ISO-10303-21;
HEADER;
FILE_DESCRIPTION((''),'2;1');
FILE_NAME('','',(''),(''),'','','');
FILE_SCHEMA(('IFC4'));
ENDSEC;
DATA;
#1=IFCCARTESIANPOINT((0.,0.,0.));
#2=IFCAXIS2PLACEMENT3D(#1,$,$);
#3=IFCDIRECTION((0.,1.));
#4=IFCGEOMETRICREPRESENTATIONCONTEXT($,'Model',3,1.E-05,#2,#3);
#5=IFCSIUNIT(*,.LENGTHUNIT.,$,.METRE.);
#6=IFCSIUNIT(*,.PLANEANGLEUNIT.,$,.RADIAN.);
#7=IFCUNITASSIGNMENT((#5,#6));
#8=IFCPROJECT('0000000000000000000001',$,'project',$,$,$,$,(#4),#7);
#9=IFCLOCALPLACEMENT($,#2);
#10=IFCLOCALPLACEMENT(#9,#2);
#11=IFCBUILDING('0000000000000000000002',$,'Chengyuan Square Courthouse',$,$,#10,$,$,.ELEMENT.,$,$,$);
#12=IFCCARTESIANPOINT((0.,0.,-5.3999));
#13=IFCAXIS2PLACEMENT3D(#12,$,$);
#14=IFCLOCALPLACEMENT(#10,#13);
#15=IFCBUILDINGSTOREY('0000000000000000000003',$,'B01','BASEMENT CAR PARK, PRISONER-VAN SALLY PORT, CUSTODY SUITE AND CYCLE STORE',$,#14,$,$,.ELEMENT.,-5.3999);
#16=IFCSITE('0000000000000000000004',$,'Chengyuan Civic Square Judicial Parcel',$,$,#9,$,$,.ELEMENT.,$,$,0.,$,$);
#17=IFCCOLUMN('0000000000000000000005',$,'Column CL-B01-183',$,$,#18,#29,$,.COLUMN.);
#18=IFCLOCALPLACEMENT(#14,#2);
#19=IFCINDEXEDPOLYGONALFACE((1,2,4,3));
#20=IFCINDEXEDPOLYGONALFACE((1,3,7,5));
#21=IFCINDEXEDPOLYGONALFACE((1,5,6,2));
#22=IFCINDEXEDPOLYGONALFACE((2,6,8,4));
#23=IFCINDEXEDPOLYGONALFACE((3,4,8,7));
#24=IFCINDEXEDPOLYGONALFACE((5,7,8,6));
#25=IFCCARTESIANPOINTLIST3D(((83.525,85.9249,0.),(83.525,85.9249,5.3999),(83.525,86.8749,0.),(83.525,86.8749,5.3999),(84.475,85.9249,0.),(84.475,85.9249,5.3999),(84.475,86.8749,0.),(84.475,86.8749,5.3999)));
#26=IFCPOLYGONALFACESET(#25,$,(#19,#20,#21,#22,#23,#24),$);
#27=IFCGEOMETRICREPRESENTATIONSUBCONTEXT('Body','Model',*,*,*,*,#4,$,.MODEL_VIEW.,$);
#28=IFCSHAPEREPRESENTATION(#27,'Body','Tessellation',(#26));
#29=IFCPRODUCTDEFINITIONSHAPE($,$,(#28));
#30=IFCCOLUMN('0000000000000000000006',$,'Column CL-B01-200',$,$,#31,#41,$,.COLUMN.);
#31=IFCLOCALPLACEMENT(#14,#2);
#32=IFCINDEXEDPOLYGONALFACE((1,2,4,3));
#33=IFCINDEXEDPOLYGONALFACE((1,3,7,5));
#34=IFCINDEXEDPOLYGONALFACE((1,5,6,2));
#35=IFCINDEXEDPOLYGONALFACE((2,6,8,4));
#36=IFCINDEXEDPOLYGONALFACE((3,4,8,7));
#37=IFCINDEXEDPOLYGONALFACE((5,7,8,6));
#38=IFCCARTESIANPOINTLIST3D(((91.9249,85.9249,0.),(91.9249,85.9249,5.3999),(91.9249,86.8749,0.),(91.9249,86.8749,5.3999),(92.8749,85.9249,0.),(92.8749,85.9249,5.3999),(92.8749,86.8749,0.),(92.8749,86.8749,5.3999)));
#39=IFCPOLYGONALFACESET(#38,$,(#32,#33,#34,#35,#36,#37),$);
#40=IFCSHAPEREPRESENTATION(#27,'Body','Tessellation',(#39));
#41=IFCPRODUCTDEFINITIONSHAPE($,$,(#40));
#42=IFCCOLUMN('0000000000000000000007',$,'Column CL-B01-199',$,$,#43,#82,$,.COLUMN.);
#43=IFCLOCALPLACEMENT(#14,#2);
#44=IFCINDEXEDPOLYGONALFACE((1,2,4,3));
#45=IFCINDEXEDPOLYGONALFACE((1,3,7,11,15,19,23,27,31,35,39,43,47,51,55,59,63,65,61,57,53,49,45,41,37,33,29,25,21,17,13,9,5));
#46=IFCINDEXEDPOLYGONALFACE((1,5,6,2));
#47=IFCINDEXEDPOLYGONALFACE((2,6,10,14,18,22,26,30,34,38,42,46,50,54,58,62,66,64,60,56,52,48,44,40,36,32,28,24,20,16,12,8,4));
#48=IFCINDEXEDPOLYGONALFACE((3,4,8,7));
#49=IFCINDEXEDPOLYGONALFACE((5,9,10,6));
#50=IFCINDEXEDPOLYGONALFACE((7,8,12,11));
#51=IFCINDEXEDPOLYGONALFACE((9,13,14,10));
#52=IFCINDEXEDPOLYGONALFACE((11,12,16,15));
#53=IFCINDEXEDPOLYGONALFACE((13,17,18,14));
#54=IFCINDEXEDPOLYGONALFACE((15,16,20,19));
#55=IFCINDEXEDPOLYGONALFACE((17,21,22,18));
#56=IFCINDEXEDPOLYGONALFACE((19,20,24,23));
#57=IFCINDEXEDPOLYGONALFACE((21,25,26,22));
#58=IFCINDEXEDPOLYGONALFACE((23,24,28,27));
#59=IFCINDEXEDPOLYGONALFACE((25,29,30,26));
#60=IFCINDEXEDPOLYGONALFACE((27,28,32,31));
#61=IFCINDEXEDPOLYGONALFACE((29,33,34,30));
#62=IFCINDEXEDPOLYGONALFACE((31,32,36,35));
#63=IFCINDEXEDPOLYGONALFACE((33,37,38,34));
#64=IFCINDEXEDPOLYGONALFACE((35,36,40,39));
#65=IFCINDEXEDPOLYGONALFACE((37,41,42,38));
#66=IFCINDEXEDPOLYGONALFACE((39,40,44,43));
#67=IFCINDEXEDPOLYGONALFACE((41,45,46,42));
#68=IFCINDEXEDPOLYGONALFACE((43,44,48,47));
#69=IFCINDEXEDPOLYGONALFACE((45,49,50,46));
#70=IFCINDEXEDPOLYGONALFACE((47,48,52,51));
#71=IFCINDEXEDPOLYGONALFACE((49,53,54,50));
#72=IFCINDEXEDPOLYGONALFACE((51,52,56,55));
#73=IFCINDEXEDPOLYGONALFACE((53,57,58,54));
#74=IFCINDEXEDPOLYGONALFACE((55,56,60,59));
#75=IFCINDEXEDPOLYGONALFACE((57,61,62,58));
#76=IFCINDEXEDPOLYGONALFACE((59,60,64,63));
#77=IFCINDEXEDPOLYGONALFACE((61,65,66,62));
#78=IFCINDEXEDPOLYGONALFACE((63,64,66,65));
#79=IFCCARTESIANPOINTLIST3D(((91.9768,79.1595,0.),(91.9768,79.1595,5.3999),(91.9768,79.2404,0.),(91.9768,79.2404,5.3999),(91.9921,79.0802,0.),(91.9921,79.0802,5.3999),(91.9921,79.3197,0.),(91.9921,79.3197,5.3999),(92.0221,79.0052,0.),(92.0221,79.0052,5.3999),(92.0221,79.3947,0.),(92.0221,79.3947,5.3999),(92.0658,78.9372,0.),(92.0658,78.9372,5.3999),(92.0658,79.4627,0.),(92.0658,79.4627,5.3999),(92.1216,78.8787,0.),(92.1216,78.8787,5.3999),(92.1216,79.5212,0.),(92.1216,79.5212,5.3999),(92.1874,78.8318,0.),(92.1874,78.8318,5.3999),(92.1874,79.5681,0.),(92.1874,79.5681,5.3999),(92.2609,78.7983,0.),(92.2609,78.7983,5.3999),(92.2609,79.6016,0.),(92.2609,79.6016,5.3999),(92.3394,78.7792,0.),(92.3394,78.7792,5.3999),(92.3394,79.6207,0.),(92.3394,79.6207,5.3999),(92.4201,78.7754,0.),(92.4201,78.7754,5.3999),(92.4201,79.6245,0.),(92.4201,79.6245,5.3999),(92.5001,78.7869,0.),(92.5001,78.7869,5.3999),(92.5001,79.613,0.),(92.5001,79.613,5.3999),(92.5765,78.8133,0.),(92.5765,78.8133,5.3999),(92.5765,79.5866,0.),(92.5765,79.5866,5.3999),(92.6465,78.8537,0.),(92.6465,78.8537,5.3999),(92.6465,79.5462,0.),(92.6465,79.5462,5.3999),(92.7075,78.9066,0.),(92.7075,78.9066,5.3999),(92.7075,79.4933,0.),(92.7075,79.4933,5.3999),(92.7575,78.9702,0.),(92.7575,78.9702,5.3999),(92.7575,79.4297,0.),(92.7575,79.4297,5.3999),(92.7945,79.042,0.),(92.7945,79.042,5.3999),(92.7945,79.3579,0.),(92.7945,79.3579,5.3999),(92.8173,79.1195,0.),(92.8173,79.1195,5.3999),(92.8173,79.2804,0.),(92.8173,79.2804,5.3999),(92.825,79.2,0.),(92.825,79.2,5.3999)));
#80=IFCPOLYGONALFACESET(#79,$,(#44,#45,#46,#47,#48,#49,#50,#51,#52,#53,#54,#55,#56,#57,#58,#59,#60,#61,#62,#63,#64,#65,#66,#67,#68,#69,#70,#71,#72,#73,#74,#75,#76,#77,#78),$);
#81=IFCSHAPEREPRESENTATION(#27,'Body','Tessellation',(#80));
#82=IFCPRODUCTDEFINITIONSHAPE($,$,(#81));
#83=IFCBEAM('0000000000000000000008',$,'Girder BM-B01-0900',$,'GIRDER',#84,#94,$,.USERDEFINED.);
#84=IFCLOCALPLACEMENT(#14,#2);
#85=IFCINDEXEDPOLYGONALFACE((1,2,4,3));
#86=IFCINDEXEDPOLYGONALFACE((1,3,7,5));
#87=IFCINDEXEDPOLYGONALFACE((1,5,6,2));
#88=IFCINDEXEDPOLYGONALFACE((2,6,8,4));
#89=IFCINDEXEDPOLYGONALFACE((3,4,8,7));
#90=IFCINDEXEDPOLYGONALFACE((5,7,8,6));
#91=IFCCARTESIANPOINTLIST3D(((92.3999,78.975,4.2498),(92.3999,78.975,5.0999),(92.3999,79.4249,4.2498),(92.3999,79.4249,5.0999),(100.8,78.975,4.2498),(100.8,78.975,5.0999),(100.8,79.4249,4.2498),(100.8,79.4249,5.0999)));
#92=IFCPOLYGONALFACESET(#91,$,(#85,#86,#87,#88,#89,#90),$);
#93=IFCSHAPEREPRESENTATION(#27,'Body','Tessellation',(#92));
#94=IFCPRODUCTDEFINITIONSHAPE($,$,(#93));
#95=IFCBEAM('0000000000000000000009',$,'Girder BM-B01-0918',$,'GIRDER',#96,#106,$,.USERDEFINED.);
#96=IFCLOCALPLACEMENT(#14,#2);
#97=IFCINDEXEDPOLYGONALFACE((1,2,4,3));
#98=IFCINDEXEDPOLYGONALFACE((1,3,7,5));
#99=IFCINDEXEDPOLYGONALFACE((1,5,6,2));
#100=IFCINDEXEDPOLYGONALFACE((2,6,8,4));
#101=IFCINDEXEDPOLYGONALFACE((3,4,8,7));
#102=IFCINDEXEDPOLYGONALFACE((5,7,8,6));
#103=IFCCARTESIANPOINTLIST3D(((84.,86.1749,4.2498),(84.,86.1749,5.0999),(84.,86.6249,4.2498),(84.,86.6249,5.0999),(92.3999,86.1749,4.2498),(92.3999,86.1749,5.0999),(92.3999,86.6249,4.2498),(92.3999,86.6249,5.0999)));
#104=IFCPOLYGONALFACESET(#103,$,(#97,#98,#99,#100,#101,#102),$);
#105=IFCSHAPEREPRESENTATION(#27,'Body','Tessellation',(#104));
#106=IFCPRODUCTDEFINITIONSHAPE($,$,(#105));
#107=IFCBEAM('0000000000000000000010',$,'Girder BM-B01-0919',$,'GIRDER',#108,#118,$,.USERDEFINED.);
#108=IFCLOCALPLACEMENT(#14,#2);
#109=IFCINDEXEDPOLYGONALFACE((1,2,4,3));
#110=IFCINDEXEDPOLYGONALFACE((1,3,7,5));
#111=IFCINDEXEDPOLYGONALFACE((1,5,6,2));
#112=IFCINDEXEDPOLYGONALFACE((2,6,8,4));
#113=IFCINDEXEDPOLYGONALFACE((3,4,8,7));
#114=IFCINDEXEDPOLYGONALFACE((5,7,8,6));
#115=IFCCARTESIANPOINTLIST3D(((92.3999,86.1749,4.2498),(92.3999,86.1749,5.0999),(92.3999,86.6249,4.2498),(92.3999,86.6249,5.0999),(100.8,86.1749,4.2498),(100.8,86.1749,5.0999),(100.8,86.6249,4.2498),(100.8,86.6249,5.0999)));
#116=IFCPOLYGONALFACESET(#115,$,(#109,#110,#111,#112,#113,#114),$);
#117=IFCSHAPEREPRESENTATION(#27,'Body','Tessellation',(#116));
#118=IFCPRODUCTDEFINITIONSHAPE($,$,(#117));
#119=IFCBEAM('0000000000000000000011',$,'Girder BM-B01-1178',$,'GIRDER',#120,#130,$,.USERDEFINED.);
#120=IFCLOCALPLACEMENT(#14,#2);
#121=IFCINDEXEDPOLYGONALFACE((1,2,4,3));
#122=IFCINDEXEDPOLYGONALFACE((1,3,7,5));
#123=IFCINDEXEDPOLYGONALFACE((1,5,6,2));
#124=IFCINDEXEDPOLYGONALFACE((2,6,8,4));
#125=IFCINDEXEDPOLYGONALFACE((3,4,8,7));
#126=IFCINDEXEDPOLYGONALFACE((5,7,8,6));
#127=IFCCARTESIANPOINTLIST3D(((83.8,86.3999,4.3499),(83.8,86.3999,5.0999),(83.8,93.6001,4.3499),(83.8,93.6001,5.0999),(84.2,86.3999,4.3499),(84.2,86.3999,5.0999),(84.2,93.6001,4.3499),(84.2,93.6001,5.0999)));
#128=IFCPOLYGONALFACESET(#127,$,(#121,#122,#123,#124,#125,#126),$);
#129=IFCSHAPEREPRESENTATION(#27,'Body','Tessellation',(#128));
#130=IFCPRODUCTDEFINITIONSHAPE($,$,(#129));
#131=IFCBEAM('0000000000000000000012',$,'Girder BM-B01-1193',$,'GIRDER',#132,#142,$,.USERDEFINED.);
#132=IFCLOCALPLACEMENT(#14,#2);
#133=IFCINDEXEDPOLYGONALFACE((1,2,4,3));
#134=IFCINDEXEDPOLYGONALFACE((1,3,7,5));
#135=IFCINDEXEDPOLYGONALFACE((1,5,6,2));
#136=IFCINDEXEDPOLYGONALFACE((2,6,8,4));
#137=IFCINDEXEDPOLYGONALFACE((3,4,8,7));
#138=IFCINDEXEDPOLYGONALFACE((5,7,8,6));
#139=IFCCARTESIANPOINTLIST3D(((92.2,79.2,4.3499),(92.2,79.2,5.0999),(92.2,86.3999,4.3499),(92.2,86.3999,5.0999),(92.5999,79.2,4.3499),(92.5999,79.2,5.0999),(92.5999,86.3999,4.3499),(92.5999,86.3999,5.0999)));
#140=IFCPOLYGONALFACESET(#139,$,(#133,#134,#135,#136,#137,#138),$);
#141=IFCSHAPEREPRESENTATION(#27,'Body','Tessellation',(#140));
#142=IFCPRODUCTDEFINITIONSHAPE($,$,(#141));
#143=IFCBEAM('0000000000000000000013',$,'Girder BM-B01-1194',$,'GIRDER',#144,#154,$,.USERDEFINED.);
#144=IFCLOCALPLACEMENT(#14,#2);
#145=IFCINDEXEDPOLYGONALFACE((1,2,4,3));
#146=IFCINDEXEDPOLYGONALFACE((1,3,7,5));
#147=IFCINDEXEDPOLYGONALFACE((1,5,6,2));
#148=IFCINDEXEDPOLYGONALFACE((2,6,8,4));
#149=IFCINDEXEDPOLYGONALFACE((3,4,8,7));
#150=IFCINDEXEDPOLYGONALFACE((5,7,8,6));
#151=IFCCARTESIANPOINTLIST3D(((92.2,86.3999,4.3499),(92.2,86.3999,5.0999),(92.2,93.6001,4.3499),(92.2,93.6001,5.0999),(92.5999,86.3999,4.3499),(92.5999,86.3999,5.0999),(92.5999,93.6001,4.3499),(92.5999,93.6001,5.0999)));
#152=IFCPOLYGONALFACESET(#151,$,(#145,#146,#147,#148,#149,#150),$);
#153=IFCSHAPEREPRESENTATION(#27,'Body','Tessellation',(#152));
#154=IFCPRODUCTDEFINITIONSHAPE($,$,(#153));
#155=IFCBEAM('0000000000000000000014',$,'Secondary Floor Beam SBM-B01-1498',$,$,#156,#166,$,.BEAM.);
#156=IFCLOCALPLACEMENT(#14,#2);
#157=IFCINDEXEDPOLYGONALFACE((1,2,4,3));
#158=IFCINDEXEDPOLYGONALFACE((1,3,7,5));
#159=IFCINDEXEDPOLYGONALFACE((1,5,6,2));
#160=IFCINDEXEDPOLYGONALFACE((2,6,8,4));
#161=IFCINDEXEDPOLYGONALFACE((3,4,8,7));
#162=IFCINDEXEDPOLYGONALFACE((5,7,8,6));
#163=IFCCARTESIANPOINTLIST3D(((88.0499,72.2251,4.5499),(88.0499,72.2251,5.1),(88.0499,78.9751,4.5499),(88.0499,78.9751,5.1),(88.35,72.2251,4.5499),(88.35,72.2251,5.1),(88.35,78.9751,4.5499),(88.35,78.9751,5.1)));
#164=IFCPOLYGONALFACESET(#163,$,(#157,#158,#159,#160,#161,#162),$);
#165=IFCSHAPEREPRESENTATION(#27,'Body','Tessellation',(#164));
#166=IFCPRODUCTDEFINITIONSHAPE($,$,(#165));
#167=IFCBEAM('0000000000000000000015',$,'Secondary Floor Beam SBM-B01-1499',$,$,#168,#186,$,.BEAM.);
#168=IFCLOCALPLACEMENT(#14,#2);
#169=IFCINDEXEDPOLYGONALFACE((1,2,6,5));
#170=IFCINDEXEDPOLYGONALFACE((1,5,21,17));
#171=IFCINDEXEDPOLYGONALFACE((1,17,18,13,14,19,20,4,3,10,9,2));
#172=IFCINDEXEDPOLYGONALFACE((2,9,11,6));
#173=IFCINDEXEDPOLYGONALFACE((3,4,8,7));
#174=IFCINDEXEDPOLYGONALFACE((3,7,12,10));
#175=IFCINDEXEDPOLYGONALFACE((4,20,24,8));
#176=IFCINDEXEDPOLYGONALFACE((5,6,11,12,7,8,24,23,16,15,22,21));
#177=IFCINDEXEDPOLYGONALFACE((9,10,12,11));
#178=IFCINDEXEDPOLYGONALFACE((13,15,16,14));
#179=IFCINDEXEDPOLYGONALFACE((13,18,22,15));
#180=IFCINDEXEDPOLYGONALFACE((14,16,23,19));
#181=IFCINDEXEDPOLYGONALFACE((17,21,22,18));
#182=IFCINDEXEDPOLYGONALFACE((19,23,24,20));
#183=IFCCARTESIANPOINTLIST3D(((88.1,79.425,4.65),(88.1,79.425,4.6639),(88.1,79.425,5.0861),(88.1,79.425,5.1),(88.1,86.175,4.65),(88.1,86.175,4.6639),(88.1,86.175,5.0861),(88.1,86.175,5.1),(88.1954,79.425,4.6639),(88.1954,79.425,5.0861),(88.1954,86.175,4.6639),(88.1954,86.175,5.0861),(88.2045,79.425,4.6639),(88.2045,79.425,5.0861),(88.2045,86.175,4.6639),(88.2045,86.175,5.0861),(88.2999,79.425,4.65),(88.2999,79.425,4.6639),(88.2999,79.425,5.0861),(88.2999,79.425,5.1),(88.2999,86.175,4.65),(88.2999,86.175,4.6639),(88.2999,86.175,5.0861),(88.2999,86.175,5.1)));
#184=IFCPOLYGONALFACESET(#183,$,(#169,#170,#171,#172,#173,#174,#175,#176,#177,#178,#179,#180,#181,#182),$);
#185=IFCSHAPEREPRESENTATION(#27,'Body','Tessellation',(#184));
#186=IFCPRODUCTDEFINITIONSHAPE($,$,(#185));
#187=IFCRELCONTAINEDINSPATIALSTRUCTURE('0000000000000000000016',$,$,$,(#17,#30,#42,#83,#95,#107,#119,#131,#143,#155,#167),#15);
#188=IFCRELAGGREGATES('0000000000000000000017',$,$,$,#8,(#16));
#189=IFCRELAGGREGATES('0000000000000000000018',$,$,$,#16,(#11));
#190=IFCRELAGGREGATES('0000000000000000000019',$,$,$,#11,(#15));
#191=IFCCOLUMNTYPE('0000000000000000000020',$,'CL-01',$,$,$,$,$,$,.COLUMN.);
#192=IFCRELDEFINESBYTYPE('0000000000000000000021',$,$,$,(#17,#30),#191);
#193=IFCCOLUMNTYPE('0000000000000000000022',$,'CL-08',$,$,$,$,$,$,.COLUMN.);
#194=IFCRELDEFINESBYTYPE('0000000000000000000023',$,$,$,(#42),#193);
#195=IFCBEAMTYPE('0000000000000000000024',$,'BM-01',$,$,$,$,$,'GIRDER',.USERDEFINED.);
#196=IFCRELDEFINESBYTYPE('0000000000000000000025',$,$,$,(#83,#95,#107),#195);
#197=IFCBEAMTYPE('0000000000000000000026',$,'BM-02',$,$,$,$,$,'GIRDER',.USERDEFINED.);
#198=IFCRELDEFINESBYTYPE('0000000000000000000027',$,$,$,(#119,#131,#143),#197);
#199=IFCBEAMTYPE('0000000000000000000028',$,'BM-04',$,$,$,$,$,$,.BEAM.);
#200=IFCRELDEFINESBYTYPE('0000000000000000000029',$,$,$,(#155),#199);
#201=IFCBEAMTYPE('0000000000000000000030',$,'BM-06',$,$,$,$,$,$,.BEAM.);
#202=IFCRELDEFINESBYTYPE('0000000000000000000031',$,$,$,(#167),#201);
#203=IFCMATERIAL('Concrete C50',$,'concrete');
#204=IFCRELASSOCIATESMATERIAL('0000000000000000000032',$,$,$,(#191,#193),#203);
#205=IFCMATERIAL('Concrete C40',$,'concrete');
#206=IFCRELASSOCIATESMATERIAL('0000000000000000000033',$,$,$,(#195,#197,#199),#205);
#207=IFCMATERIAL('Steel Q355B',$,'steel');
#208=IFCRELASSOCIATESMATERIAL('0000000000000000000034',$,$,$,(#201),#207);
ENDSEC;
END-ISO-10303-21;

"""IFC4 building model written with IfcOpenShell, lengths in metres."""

from ifc_helpers import new_model, si_unit, direction, frame, origin, origin_2d, place, context, subcontext, project, spatial, rectangle, circle, i_section, extrude, material, material_profile, profile_set, type_object, element, save


model = new_model("IFC4")

# Units and contexts
model_context = context("Model", 3, precision=1e-05, world=origin(), true_north=direction((0.0, 1.0)))
body_context = subcontext(model_context, "Body", "Model", "MODEL_VIEW")
ifc_project = project(units=[si_unit("LENGTHUNIT", "METRE"), si_unit("PLANEANGLEUNIT", "RADIAN")], contexts=[model_context])

# Site, building, storey
site_placement = place(None, origin())
site = spatial("IfcSite", under=ifc_project, at=site_placement, Name="Chengyuan Civic Square Judicial Parcel", CompositionType="ELEMENT", RefElevation=0.0)
building_placement = place(site_placement, origin())
building = spatial("IfcBuilding", under=site, at=building_placement, Name="Chengyuan Square Courthouse", CompositionType="ELEMENT")
storey_placement = place(building_placement, frame((0.0, 0.0, -5.3999)))
storey = spatial("IfcBuildingStorey", under=building, at=storey_placement, Name="B01", Description="BASEMENT CAR PARK, PRISONER-VAN SALLY PORT, CUSTODY SUITE AND CYCLE STORE", CompositionType="ELEMENT", Elevation=-5.3999)

# Columns
ifc_material_1 = material(Name="Concrete C50", Category="concrete")
ifc_material_profile_1 = material_profile(ifc_material_1, rectangle(XDim=0.95, YDim=0.95, at=origin_2d()), Name="RC-COL-950x950")
ifc_profile_set_1 = profile_set([ifc_material_profile_1], Name="Concrete C50")
column_type_1 = type_object("IfcColumnType", Name="CL-01", PredefinedType="COLUMN", material=ifc_profile_set_1)
for number, where, z_axis, x_axis, name in (
    (1, (84.0, 86.3999, 0.0), (0.0, 0.0, 1.0), (1.0, 0.0, 0.0), "Column CL-B01-183"),
    (2, (92.3999, 86.3999, 0.0), (0.0, 0.0, 1.0), (1.0, 0.0, 0.0), "Column CL-B01-200"),
):
    element("IfcColumn", number, at=place(storey_placement, frame(where, z_axis=z_axis, x_axis=x_axis)), inside=storey, type_object=column_type_1, Name=name, PredefinedType="COLUMN", context=body_context, shape_type="SweptSolid", body=[
        extrude(rectangle(XDim=0.95, YDim=0.95, at=origin_2d()), origin(), (0.0, 0.0, 1.0), 5.3999),
    ])
ifc_material_profile_2 = material_profile(ifc_material_1, circle(Radius=0.425, at=origin_2d()), Name="RC-COL-D850")
ifc_profile_set_2 = profile_set([ifc_material_profile_2], Name="Concrete C50")
column_type_2 = type_object("IfcColumnType", Name="CL-08", PredefinedType="COLUMN", material=ifc_profile_set_2)
column_placement = place(storey_placement, frame((92.3999, 79.2, 0.0), z_axis=(0.0, 0.0, 1.0), x_axis=(1.0, 0.0, 0.0)))
element("IfcColumn", 3, at=column_placement, inside=storey, type_object=column_type_2, Name="Column CL-B01-199", PredefinedType="COLUMN", context=body_context, shape_type="SweptSolid", body=[
    extrude(circle(Radius=0.425, at=origin_2d()), origin(), (0.0, 0.0, 1.0), 5.3999),
])

# Beams
ifc_material_2 = material(Name="Concrete C40", Category="concrete")
ifc_material_profile_3 = material_profile(ifc_material_2, rectangle(XDim=0.45, YDim=0.8501, at=origin_2d()), Name="RC-BM-450x850")
ifc_profile_set_3 = profile_set([ifc_material_profile_3], Name="Concrete C40")
beam_type_1 = type_object("IfcBeamType", Name="BM-01", ElementType="GIRDER", PredefinedType="USERDEFINED", material=ifc_profile_set_3)
beam_1_placement = place(storey_placement, frame((92.3999, 79.2, 4.6748), z_axis=(1.0, 0.0, 0.0), x_axis=(0.0, 1.0, 0.0)))
element("IfcBeam", 4, at=beam_1_placement, inside=storey, type_object=beam_type_1, Name="Girder BM-B01-0900", ObjectType="GIRDER", PredefinedType="USERDEFINED", context=body_context, shape_type="SweptSolid", body=[
    extrude(rectangle(XDim=0.45, YDim=0.8501, at=origin_2d()), origin(), (0.0, 0.0, 1.0), 8.4001),
])
beam_2_placement = place(storey_placement, frame((84.0, 86.3999, 4.6748), z_axis=(1.0, 0.0, 0.0), x_axis=(0.0, 1.0, 0.0)))
element("IfcBeam", 5, at=beam_2_placement, inside=storey, type_object=beam_type_1, Name="Girder BM-B01-0918", ObjectType="GIRDER", PredefinedType="USERDEFINED", context=body_context, shape_type="SweptSolid", body=[
    extrude(rectangle(XDim=0.45, YDim=0.8501, at=origin_2d()), origin(), (0.0, 0.0, 1.0), 8.3999),
])
beam_3_placement = place(storey_placement, frame((92.3999, 86.3999, 4.6748), z_axis=(1.0, 0.0, 0.0), x_axis=(0.0, 1.0, 0.0)))
element("IfcBeam", 6, at=beam_3_placement, inside=storey, type_object=beam_type_1, Name="Girder BM-B01-0919", ObjectType="GIRDER", PredefinedType="USERDEFINED", context=body_context, shape_type="SweptSolid", body=[
    extrude(rectangle(XDim=0.45, YDim=0.8501, at=origin_2d()), origin(), (0.0, 0.0, 1.0), 8.4001),
])
ifc_material_profile_4 = material_profile(ifc_material_2, rectangle(XDim=0.3999, YDim=0.75, at=origin_2d()), Name="RC-BM-400x750")
ifc_profile_set_4 = profile_set([ifc_material_profile_4], Name="Concrete C40")
beam_type_2 = type_object("IfcBeamType", Name="BM-02", ElementType="GIRDER", PredefinedType="USERDEFINED", material=ifc_profile_set_4)
beam_4_placement = place(storey_placement, frame((84.0, 86.3999, 4.7249), z_axis=(0.0, 1.0, 0.0), x_axis=(-1.0, 0.0, 0.0)))
element("IfcBeam", 7, at=beam_4_placement, inside=storey, type_object=beam_type_2, Name="Girder BM-B01-1178", ObjectType="GIRDER", PredefinedType="USERDEFINED", context=body_context, shape_type="SweptSolid", body=[
    extrude(rectangle(XDim=0.3999, YDim=0.75, at=origin_2d()), origin(), (0.0, 0.0, 1.0), 7.2002),
])
beam_5_placement = place(storey_placement, frame((92.3999, 79.2, 4.7249), z_axis=(0.0, 1.0, 0.0), x_axis=(-1.0, 0.0, 0.0)))
element("IfcBeam", 8, at=beam_5_placement, inside=storey, type_object=beam_type_2, Name="Girder BM-B01-1193", ObjectType="GIRDER", PredefinedType="USERDEFINED", context=body_context, shape_type="SweptSolid", body=[
    extrude(rectangle(XDim=0.3999, YDim=0.75, at=origin_2d()), origin(), (0.0, 0.0, 1.0), 7.2),
])
beam_6_placement = place(storey_placement, frame((92.3999, 86.3999, 4.7249), z_axis=(0.0, 1.0, 0.0), x_axis=(-1.0, 0.0, 0.0)))
element("IfcBeam", 9, at=beam_6_placement, inside=storey, type_object=beam_type_2, Name="Girder BM-B01-1194", ObjectType="GIRDER", PredefinedType="USERDEFINED", context=body_context, shape_type="SweptSolid", body=[
    extrude(rectangle(XDim=0.3999, YDim=0.75, at=origin_2d()), origin(), (0.0, 0.0, 1.0), 7.2002),
])
ifc_material_profile_5 = material_profile(ifc_material_2, rectangle(XDim=0.3, YDim=0.55, at=origin_2d()), Name="RC-BM-300x550")
ifc_profile_set_5 = profile_set([ifc_material_profile_5], Name="Concrete C40")
beam_type_3 = type_object("IfcBeamType", Name="BM-04", PredefinedType="BEAM", material=ifc_profile_set_5)
beam_7_placement = place(storey_placement, frame((88.2, 72.2251, 4.825), z_axis=(0.0, 1.0, 0.0), x_axis=(-1.0, 0.0, 0.0)))
element("IfcBeam", 10, at=beam_7_placement, inside=storey, type_object=beam_type_3, Name="Secondary Floor Beam SBM-B01-1498", PredefinedType="BEAM", context=body_context, shape_type="SweptSolid", body=[
    extrude(rectangle(XDim=0.3, YDim=0.55, at=origin_2d()), origin(), (0.0, 0.0, 1.0), 6.75),
])
ifc_material_3 = material(Name="Steel Q355B", Category="steel")
ifc_material_profile_6 = material_profile(ifc_material_3, i_section(OverallWidth=0.2, OverallDepth=0.45, WebThickness=0.009, FlangeThickness=0.0139, at=origin_2d()), Name="HN 450x200x9x14")
ifc_profile_set_6 = profile_set([ifc_material_profile_6], Name="Steel Q355B")
beam_type_4 = type_object("IfcBeamType", Name="BM-06", PredefinedType="BEAM", material=ifc_profile_set_6)
beam_8_placement = place(storey_placement, frame((88.2, 79.425, 4.875), z_axis=(0.0, 1.0, 0.0), x_axis=(-1.0, 0.0, 0.0)))
element("IfcBeam", 11, at=beam_8_placement, inside=storey, type_object=beam_type_4, Name="Secondary Floor Beam SBM-B01-1499", PredefinedType="BEAM", context=body_context, shape_type="SweptSolid", body=[
    extrude(i_section(OverallWidth=0.2, OverallDepth=0.45, WebThickness=0.009, FlangeThickness=0.0139, at=origin_2d()), origin(), (0.0, 0.0, 1.0), 6.75),
])

save(model, "model.ifc")
